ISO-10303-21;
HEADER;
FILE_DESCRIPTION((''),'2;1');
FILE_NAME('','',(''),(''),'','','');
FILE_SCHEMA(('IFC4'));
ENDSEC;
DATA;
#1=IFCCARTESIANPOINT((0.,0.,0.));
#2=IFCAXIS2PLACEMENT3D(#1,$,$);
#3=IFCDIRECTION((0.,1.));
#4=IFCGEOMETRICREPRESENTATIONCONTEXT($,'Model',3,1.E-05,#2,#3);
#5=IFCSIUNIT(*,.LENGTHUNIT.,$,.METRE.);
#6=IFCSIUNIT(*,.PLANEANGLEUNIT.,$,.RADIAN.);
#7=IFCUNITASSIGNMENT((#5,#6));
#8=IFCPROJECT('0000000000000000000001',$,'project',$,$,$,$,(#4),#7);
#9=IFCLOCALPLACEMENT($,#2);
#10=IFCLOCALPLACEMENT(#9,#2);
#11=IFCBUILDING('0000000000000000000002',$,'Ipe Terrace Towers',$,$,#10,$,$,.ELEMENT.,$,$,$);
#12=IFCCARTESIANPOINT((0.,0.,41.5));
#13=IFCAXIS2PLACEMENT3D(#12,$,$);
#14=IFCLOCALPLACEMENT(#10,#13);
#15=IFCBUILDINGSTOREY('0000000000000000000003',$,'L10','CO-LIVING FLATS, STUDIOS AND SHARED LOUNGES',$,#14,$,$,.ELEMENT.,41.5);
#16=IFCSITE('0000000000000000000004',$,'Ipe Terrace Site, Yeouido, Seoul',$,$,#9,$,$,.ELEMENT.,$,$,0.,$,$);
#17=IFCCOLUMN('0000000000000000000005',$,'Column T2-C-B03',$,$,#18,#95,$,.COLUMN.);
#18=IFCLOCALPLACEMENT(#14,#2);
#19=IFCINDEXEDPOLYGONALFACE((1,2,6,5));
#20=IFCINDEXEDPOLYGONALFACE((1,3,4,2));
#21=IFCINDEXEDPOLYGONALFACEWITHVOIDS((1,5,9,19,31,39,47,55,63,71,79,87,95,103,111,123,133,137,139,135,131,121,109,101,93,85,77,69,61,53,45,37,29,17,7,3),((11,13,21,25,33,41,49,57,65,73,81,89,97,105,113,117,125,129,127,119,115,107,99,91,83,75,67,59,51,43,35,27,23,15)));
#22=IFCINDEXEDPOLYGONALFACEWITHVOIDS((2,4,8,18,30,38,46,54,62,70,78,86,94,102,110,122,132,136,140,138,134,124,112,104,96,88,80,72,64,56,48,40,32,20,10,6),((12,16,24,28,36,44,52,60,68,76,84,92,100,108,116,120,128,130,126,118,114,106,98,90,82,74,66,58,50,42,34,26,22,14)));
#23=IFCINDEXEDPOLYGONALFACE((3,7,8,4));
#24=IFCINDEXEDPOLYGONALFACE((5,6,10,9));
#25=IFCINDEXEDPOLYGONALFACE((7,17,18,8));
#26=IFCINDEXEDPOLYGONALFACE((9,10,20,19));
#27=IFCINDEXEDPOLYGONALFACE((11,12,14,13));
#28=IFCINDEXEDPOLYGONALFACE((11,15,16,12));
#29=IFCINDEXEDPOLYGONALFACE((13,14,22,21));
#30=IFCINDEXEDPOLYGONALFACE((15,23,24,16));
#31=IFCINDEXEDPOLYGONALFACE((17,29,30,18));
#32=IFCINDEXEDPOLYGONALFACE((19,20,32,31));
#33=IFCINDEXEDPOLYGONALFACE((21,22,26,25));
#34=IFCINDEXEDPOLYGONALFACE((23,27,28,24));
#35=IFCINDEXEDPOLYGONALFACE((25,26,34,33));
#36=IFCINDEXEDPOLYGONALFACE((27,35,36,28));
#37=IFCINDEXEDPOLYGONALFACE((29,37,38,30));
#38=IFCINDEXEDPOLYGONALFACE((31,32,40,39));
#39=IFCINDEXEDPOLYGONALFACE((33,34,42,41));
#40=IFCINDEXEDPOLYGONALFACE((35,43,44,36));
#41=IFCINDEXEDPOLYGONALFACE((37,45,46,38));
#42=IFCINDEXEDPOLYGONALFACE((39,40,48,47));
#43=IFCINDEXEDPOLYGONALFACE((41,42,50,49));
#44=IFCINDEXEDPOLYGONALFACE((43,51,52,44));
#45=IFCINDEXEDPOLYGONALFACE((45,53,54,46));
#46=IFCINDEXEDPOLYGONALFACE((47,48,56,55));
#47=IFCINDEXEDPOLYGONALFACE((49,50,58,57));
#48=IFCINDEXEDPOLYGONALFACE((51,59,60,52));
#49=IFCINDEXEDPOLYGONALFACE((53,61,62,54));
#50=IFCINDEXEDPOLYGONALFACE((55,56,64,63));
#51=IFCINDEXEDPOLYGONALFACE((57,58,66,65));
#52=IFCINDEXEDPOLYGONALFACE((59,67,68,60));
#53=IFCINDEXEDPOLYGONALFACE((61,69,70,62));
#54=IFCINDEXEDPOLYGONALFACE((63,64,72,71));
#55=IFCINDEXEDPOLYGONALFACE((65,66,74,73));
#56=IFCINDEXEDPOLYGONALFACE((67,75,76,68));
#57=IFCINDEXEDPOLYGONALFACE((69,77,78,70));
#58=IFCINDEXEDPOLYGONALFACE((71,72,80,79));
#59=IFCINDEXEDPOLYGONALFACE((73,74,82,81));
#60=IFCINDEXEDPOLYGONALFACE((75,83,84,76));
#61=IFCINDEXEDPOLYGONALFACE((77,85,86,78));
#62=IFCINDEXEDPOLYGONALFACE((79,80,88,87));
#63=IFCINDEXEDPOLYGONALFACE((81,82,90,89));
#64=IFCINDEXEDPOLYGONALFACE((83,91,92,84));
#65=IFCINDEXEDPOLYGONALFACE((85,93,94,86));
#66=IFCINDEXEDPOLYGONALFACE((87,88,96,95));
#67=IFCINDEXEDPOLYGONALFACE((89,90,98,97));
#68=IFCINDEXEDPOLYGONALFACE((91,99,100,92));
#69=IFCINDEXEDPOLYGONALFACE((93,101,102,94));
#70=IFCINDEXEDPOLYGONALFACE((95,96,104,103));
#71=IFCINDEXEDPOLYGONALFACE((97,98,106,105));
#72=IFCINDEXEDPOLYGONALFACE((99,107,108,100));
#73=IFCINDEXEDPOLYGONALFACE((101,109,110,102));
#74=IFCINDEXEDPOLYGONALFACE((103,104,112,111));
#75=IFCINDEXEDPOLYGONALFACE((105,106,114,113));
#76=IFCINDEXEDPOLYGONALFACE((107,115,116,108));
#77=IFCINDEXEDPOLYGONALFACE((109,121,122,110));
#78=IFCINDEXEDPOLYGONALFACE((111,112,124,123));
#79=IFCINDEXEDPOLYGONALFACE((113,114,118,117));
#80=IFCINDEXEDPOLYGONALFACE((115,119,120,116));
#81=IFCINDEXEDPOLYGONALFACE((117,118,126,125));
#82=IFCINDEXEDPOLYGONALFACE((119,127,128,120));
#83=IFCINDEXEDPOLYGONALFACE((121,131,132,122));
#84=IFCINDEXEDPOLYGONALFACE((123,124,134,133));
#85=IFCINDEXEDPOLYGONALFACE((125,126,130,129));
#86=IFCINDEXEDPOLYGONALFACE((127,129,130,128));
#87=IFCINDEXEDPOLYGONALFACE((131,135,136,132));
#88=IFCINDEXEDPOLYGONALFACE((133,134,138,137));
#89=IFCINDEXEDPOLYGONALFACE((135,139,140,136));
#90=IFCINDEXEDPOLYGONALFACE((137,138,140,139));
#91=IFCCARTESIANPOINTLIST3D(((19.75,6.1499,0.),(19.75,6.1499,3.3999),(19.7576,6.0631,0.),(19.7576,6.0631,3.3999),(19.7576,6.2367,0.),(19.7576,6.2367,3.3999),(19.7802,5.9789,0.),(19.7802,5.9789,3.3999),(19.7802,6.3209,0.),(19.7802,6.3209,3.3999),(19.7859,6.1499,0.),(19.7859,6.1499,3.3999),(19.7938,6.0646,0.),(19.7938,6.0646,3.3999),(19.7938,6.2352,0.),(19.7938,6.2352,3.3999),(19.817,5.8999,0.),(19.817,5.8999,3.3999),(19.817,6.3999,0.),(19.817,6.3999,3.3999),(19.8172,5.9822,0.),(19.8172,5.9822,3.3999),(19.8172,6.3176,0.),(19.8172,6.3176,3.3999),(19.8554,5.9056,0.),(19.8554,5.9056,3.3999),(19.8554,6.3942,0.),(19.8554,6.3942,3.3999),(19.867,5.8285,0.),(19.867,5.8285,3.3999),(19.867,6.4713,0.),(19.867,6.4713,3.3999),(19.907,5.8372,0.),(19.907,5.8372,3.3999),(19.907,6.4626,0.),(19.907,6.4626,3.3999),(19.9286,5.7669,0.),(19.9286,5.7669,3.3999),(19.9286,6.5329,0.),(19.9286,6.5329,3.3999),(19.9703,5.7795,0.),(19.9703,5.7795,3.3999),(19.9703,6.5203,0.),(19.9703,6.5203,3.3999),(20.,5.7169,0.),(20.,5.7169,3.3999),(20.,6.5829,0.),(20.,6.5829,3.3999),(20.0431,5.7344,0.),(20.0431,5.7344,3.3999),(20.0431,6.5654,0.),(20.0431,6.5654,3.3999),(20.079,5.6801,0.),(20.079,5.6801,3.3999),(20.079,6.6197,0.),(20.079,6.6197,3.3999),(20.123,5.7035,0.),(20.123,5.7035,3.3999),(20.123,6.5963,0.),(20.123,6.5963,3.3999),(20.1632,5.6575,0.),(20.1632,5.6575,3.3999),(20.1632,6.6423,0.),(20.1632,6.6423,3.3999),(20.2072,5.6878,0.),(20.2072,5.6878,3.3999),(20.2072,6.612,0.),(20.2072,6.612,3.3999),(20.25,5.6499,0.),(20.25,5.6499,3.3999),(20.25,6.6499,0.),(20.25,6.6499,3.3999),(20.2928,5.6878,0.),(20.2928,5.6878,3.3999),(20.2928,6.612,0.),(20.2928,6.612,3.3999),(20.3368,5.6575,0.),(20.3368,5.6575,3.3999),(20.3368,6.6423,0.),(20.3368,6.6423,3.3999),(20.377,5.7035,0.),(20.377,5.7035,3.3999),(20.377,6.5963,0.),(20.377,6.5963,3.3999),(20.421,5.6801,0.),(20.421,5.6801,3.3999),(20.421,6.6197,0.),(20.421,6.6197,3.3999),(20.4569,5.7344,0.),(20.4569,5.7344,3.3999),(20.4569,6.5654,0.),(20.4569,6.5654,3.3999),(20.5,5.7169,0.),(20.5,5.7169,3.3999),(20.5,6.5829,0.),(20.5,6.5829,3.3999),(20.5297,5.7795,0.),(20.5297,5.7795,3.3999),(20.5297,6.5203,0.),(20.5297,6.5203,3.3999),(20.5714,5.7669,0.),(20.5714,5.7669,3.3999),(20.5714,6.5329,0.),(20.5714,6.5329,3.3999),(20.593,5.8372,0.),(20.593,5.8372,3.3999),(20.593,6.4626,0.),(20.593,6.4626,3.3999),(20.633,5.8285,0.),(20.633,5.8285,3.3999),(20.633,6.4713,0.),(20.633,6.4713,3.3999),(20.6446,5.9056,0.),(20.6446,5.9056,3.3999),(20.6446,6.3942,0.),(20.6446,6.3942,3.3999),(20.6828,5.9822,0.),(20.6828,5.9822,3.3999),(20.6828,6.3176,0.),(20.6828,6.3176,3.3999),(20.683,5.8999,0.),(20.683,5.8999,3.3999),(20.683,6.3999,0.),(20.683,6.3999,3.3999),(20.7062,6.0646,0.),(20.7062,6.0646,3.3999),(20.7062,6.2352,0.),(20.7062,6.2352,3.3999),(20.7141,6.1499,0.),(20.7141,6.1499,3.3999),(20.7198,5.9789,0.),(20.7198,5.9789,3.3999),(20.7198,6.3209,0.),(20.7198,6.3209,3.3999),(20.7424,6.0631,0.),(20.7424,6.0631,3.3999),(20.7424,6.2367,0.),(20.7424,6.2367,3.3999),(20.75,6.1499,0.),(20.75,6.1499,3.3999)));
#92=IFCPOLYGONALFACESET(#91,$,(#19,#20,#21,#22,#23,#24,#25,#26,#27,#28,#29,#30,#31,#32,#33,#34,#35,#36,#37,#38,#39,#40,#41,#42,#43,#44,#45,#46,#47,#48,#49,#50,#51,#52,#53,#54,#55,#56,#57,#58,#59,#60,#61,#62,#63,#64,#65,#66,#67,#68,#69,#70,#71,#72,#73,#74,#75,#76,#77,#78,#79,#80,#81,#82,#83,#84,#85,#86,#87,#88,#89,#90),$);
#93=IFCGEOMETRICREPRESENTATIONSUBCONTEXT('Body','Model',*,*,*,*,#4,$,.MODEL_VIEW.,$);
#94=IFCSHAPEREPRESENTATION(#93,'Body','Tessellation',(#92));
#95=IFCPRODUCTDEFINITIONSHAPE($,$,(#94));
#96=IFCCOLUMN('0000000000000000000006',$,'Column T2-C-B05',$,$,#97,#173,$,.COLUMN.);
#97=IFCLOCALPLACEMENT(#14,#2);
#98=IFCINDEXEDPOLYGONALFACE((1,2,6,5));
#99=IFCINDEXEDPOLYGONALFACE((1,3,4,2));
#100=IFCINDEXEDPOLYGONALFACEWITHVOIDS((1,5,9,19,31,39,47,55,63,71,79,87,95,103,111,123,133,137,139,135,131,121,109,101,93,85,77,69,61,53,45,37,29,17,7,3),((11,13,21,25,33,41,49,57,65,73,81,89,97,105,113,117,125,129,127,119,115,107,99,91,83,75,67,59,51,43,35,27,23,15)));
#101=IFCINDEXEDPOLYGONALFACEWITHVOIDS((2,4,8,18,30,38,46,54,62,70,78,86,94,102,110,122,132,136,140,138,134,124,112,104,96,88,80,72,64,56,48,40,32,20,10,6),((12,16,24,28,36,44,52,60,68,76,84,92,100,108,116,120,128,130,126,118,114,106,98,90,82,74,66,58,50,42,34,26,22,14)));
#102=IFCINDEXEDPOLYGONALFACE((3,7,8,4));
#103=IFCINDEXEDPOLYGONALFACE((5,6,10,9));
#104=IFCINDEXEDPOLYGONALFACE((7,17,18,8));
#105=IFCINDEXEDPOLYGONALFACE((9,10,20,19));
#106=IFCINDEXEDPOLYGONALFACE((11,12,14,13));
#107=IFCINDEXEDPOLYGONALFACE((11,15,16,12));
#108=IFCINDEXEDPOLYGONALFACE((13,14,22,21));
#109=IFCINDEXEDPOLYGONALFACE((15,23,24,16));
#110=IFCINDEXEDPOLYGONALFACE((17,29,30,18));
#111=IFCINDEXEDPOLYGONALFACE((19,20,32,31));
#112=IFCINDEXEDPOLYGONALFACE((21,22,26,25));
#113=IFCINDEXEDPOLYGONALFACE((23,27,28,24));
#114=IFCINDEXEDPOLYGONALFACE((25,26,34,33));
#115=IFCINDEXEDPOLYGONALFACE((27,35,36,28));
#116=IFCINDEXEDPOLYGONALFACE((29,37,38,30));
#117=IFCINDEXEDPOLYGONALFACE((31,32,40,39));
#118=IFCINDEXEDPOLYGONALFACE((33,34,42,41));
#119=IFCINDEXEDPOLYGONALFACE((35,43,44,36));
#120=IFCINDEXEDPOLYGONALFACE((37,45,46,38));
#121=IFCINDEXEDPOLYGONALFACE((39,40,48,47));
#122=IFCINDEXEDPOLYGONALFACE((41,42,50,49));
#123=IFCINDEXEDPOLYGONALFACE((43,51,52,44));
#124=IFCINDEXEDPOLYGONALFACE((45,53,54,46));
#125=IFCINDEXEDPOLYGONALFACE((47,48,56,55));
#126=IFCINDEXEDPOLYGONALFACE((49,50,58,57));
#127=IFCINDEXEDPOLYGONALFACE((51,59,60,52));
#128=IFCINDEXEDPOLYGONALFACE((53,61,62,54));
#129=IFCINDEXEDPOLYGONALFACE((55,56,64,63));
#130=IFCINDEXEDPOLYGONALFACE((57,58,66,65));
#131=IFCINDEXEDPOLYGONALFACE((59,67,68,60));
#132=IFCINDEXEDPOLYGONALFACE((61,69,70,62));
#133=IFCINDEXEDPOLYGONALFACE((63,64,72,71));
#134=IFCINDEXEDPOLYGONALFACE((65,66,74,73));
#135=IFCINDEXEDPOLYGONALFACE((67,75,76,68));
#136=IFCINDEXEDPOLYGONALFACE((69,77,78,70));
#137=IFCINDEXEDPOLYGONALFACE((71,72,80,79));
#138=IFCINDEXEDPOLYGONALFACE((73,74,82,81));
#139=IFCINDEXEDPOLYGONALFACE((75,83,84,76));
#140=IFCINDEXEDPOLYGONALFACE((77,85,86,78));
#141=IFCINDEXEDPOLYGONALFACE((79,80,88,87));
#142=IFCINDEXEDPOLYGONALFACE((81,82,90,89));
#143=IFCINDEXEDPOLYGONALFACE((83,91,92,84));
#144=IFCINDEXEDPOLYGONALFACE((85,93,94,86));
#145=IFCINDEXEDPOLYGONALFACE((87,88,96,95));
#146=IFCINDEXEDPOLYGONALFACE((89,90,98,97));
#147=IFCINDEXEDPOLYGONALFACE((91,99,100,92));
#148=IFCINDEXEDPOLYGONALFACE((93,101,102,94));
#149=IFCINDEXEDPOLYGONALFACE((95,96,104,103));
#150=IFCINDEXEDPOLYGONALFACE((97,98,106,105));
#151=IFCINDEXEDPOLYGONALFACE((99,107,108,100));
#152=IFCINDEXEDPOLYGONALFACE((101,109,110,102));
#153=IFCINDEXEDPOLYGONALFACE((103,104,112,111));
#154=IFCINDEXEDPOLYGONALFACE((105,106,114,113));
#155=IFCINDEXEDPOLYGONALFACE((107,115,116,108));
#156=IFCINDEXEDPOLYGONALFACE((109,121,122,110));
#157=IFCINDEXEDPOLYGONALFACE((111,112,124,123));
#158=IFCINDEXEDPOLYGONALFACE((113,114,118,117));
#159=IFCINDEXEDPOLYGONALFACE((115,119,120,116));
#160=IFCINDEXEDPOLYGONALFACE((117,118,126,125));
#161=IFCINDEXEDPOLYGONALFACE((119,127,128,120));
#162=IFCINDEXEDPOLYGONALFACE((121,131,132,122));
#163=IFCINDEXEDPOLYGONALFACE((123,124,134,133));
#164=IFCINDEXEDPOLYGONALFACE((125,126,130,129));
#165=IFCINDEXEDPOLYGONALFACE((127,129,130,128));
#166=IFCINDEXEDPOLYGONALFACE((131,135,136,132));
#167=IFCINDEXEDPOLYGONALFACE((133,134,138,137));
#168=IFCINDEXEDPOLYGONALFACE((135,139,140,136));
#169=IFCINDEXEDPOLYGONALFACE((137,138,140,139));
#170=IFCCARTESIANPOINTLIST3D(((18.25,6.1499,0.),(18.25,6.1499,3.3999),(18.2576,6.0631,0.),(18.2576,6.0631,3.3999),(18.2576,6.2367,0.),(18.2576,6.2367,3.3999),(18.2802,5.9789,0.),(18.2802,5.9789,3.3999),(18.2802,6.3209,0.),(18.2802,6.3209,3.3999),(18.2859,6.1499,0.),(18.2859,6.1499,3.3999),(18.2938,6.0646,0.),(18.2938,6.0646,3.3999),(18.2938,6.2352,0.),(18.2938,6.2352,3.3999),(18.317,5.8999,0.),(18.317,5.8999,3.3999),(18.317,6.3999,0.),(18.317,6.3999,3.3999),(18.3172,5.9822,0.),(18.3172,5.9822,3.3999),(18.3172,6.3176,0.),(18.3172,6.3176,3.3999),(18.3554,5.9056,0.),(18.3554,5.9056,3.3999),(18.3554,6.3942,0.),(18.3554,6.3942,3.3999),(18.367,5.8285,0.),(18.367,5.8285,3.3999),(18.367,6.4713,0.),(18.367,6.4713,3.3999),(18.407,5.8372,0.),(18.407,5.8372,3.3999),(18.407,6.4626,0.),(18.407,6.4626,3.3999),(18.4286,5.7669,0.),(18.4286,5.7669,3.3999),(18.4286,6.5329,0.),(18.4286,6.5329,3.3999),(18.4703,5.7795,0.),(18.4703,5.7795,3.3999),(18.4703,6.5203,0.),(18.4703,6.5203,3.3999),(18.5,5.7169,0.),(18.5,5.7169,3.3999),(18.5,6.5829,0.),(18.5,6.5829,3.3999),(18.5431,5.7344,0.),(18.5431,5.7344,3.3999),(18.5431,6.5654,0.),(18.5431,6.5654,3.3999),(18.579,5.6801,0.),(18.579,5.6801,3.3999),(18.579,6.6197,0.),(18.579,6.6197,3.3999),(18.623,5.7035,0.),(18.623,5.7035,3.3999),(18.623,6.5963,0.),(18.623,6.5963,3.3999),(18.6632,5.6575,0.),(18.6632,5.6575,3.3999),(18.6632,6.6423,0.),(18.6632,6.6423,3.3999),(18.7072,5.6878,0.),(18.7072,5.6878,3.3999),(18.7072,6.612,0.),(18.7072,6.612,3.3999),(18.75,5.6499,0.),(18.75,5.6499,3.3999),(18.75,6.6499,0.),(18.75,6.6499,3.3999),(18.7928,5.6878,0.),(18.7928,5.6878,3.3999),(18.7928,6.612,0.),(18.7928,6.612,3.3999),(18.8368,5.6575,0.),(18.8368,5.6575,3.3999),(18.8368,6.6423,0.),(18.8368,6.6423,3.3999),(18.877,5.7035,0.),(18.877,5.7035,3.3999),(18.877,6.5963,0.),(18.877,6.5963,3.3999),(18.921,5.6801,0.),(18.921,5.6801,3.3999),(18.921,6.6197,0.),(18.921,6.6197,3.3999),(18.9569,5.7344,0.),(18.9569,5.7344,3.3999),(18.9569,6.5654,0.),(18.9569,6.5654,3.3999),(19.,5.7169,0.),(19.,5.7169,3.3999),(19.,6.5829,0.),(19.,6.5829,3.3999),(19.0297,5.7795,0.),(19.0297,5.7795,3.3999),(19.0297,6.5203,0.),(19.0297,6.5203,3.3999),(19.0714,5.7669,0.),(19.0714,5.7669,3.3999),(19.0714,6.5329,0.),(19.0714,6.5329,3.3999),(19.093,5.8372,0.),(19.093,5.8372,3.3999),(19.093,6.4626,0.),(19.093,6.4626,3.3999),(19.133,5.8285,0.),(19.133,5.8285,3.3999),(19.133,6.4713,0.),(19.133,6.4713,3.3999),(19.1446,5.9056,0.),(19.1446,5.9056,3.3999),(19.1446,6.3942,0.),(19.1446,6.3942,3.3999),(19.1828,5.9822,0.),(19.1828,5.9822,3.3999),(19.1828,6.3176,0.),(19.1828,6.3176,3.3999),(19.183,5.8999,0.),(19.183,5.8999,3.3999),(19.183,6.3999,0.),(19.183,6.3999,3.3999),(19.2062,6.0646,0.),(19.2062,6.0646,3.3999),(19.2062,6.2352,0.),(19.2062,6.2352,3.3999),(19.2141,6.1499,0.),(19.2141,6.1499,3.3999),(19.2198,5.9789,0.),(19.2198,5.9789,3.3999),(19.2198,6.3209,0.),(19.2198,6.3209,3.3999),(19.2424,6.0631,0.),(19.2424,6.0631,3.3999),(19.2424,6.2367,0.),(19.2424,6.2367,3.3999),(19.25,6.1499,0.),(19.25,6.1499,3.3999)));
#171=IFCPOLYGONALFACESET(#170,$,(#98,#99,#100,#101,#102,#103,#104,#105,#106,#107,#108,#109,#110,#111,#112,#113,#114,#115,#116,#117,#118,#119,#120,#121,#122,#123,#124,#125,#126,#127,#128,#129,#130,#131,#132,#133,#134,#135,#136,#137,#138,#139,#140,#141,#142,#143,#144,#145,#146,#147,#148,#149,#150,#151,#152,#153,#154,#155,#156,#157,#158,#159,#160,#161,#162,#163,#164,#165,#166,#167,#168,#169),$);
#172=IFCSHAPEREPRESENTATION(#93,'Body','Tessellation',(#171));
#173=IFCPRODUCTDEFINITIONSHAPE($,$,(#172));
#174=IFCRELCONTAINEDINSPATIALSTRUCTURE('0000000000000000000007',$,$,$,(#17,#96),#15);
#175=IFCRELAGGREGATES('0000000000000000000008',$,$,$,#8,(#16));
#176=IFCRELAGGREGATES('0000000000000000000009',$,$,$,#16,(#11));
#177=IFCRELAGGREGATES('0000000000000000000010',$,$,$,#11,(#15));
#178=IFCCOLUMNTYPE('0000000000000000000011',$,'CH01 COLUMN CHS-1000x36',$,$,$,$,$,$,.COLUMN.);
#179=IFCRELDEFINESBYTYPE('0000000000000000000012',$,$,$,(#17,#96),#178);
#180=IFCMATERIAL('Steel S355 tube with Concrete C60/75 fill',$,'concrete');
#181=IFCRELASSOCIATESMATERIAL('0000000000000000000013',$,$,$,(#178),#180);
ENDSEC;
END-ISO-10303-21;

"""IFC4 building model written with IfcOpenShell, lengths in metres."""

from ifc_helpers import new_model, si_unit, direction, frame, origin, origin_2d, place, context, subcontext, project, spatial, hollow_circle, extrude, material, material_profile, profile_set, type_object, element, save


model = new_model("IFC4")

# Units and contexts
model_context = context("Model", 3, precision=1e-05, world=origin(), true_north=direction((0.0, 1.0)))
body_context = subcontext(model_context, "Body", "Model", "MODEL_VIEW")
ifc_project = project(units=[si_unit("LENGTHUNIT", "METRE"), si_unit("PLANEANGLEUNIT", "RADIAN")], contexts=[model_context])

# Site, building, storey
site_placement = place(None, origin())
site = spatial("IfcSite", under=ifc_project, at=site_placement, Name="Ipe Terrace Site, Yeouido, Seoul", CompositionType="ELEMENT", RefElevation=0.0)
building_placement = place(site_placement, origin())
building = spatial("IfcBuilding", under=site, at=building_placement, Name="Ipe Terrace Towers", CompositionType="ELEMENT")
storey_placement = place(building_placement, frame((0.0, 0.0, 41.5)))
storey = spatial("IfcBuildingStorey", under=building, at=storey_placement, Name="L10", Description="CO-LIVING FLATS, STUDIOS AND SHARED LOUNGES", CompositionType="ELEMENT", Elevation=41.5)

# Columns
ifc_material_1 = material(Name="Steel S355 tube with Concrete C60/75 fill", Category="concrete")
ifc_material_profile_1 = material_profile(ifc_material_1, hollow_circle(Radius=0.5, WallThickness=0.0359, at=origin_2d()), Name="CHS-1000x36")
ifc_profile_set_1 = profile_set([ifc_material_profile_1], Name="Steel S355 tube with Concrete C60/75 fill")
column_type = type_object("IfcColumnType", Name="CH01 COLUMN CHS-1000x36", PredefinedType="COLUMN", material=ifc_profile_set_1)
for number, where, z_axis, x_axis, name in (
    (1, (20.25, 6.1499, 0.0), (0.0, 0.0, 1.0), (1.0, 0.0, 0.0), "Column T2-C-B03"),
    (2, (18.75, 6.1499, 0.0), (0.0, 0.0, 1.0), (1.0, 0.0, 0.0), "Column T2-C-B05"),
):
    element("IfcColumn", number, at=place(storey_placement, frame(where, z_axis=z_axis, x_axis=x_axis)), inside=storey, type_object=column_type, Name=name, PredefinedType="COLUMN", context=body_context, shape_type="SweptSolid", body=[
        extrude(hollow_circle(Radius=0.5, WallThickness=0.0359, at=origin_2d()), origin(), (0.0, 0.0, 1.0), 3.3999),
    ])

save(model, "model.ifc")
